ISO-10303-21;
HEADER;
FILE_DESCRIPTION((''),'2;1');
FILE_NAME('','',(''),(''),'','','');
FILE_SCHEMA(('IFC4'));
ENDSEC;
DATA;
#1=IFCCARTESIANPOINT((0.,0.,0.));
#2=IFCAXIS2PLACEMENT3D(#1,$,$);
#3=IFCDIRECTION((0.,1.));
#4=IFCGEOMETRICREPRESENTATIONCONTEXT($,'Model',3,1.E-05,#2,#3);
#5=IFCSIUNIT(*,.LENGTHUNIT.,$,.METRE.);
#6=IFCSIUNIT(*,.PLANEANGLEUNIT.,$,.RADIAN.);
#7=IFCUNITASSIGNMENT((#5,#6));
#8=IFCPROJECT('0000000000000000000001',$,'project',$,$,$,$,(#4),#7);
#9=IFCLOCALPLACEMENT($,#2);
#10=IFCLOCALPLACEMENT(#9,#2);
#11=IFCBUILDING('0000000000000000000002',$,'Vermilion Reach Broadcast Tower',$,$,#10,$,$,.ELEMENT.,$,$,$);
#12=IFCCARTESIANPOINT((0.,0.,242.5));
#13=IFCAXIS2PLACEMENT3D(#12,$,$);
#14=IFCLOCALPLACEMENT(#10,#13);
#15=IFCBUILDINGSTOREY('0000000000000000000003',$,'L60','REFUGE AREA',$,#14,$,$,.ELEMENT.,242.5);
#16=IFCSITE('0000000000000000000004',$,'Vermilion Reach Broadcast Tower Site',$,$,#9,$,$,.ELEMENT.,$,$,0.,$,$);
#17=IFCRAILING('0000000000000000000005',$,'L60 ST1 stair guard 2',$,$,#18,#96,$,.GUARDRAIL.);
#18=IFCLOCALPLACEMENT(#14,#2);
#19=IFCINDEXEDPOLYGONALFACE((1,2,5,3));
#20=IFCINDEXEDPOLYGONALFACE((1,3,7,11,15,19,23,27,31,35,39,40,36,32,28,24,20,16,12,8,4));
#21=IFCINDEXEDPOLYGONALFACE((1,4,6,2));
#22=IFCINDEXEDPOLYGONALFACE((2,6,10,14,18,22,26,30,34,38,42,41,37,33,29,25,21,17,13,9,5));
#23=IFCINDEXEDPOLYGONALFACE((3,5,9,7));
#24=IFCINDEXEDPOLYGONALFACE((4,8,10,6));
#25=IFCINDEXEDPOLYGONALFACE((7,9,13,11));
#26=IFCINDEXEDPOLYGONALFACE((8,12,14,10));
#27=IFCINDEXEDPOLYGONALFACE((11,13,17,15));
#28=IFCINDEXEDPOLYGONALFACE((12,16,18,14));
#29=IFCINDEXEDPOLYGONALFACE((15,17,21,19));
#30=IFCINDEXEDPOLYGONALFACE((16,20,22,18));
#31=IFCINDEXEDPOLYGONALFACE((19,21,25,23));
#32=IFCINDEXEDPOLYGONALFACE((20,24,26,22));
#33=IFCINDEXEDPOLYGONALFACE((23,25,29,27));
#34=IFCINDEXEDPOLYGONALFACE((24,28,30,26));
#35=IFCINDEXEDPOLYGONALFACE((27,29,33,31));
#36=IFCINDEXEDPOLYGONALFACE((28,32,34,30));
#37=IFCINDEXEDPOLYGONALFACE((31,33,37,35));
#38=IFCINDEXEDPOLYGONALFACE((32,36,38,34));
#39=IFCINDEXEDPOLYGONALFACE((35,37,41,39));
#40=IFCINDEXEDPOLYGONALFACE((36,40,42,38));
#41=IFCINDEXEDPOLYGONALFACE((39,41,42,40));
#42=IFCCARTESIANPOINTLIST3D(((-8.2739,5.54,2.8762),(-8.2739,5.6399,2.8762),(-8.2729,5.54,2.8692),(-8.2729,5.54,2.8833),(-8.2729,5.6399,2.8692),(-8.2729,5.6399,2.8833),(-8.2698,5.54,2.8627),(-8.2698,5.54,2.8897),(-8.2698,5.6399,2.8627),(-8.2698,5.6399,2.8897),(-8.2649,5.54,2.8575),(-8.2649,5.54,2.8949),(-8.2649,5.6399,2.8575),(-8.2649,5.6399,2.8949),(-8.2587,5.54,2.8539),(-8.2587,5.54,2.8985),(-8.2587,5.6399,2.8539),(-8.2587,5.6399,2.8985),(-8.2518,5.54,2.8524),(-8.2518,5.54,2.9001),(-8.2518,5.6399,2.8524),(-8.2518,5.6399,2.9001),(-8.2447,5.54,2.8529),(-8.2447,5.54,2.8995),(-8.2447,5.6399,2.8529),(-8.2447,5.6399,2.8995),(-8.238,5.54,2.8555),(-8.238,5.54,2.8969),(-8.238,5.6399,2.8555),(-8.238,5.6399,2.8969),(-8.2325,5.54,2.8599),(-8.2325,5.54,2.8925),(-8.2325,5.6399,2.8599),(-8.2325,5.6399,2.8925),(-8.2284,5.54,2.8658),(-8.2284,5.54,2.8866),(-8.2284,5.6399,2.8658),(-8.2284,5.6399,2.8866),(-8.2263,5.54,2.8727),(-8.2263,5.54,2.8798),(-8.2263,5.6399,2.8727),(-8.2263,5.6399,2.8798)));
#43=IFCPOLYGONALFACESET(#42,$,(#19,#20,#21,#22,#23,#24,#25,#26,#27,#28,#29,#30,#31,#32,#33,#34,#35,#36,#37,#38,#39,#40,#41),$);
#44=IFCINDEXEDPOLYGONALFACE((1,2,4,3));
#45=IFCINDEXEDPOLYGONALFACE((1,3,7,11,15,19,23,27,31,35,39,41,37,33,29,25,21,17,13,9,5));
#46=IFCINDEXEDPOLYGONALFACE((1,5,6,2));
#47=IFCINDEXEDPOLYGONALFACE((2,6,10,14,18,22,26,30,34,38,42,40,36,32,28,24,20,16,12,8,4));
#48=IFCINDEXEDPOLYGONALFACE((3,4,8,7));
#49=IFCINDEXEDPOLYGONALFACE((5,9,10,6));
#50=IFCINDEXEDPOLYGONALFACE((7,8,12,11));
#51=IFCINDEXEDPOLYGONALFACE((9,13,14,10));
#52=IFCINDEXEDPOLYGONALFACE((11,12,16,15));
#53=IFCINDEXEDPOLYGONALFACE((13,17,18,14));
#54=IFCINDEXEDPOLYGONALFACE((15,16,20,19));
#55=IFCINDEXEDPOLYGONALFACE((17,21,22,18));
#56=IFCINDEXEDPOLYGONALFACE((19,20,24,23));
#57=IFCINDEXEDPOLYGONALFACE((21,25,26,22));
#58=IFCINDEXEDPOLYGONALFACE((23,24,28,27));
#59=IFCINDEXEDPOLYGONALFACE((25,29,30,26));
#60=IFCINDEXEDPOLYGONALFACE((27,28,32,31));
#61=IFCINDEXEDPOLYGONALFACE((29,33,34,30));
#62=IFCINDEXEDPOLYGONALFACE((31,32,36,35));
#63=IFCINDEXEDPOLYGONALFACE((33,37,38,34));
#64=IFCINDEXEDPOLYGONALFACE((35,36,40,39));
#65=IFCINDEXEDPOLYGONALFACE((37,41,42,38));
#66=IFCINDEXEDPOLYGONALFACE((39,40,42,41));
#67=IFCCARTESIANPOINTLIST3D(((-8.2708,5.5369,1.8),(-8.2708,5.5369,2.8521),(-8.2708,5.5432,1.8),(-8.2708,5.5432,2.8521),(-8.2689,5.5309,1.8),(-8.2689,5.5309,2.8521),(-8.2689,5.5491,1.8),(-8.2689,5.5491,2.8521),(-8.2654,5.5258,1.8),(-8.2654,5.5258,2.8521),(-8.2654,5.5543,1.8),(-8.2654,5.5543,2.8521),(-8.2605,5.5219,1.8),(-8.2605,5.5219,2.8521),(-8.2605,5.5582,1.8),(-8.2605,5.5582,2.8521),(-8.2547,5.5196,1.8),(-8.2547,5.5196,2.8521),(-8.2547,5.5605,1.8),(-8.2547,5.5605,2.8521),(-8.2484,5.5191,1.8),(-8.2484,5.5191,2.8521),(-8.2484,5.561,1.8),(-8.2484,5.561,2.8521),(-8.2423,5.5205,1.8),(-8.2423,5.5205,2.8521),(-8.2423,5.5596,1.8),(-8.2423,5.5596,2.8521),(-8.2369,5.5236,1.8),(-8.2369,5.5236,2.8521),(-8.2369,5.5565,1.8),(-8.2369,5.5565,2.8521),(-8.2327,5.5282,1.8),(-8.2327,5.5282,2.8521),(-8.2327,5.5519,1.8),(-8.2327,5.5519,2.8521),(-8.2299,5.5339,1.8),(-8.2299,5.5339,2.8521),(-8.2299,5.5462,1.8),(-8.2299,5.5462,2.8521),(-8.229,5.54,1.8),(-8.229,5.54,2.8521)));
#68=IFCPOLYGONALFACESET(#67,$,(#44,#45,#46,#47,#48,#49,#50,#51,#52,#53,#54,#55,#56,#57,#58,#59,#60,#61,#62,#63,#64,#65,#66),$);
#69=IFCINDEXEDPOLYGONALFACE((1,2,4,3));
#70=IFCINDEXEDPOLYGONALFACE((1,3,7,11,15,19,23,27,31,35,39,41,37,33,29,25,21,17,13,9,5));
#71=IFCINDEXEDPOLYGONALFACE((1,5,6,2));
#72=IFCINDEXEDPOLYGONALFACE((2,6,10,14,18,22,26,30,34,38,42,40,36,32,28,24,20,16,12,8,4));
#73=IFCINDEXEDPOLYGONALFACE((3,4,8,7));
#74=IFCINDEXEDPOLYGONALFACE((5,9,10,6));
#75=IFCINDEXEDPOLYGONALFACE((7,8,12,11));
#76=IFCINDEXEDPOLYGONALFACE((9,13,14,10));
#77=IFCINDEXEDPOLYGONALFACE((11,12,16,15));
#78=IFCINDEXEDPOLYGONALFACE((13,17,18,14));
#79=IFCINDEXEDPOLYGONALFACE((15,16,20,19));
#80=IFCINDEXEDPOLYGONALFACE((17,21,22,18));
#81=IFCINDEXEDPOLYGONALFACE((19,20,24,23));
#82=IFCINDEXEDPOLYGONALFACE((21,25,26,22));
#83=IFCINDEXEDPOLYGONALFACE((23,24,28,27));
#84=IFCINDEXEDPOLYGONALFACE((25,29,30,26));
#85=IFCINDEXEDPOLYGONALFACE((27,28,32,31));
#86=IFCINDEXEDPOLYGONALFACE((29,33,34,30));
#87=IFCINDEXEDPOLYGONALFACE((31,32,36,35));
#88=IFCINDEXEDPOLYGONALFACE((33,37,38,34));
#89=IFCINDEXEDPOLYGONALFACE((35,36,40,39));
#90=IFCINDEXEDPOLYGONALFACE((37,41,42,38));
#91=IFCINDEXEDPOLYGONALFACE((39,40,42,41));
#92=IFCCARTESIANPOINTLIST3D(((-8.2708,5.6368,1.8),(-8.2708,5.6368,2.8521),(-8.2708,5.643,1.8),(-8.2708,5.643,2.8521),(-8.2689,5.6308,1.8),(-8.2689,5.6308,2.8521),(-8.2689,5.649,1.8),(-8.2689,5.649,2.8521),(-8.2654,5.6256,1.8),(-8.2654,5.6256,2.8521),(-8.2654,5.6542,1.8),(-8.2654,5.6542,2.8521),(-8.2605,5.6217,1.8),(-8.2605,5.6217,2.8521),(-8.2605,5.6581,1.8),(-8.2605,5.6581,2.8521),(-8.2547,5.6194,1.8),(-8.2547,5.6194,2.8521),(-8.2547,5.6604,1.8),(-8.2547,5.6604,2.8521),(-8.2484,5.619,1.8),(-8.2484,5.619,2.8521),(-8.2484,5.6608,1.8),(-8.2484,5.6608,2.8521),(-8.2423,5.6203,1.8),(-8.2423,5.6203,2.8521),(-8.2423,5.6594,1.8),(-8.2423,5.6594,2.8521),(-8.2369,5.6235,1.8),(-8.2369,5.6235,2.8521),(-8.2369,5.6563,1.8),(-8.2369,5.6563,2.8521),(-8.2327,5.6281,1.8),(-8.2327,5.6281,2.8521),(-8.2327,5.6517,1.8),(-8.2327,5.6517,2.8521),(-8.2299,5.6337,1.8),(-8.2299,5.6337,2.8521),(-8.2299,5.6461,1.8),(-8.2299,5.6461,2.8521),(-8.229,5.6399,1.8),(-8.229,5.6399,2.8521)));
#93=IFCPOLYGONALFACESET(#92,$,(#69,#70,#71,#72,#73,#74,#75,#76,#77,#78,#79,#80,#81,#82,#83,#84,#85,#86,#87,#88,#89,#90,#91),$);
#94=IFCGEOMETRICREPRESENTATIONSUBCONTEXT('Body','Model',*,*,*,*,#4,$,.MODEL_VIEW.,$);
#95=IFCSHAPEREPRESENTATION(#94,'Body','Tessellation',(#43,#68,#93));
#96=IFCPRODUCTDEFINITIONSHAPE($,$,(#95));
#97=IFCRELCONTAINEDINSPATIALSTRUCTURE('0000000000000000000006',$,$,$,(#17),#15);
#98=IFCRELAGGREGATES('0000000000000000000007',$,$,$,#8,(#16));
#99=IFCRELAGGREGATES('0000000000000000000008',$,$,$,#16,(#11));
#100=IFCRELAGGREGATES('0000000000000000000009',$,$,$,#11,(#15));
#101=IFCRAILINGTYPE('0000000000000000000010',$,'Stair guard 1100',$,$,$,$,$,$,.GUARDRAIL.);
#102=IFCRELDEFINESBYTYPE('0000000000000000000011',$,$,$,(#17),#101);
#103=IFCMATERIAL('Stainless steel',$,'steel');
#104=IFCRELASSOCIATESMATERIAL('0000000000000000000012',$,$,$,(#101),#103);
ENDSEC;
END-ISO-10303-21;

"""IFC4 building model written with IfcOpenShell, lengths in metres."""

from ifc_helpers import new_model, si_unit, direction, frame, origin, origin_2d, place, context, subcontext, project, spatial, circle, extrude, material, type_object, element, save


model = new_model("IFC4")

# Units and contexts
model_context = context("Model", 3, precision=1e-05, world=origin(), true_north=direction((0.0, 1.0)))
body_context = subcontext(model_context, "Body", "Model", "MODEL_VIEW")
ifc_project = project(units=[si_unit("LENGTHUNIT", "METRE"), si_unit("PLANEANGLEUNIT", "RADIAN")], contexts=[model_context])

# Site, building, storey
site_placement = place(None, origin())
site = spatial("IfcSite", under=ifc_project, at=site_placement, Name="Vermilion Reach Broadcast Tower Site", CompositionType="ELEMENT", RefElevation=0.0)
building_placement = place(site_placement, origin())
building = spatial("IfcBuilding", under=site, at=building_placement, Name="Vermilion Reach Broadcast Tower", CompositionType="ELEMENT")
storey_placement = place(building_placement, frame((0.0, 0.0, 242.5)))
storey = spatial("IfcBuildingStorey", under=building, at=storey_placement, Name="L60", Description="REFUGE AREA", CompositionType="ELEMENT", Elevation=242.5)

# Railing
ifc_material_1 = material(Name="Stainless steel", Category="steel")
railing_type_1 = type_object("IfcRailingType", Name="Stair guard 1100", PredefinedType="GUARDRAIL", material=ifc_material_1)
railing_1_placement = place(storey_placement, frame((-8.25, 5.54, 1.8)))
element("IfcRailing", 1, at=railing_1_placement, inside=storey, type_object=railing_type_1, Name="L60 ST1 stair guard 2", PredefinedType="GUARDRAIL", context=body_context, shape_type="SweptSolid", body=[
    extrude(circle(Radius=0.0239, at=origin_2d()), frame((0.0, 0.0, 1.0762), z_axis=(0.0, 1.0, 0.0), x_axis=(-1.0, 0.0, 0.0)), (0.0, 0.0, 1.0), 0.0999),
    extrude(circle(Radius=0.021, at=origin_2d()), origin(), (0.0, 0.0, 1.0), 1.052),
    extrude(circle(Radius=0.021, at=origin_2d()), frame((0.0, 0.0999, 0.0)), (0.0, 0.0, 1.0), 1.052),
])

save(model, "model.ifc")
